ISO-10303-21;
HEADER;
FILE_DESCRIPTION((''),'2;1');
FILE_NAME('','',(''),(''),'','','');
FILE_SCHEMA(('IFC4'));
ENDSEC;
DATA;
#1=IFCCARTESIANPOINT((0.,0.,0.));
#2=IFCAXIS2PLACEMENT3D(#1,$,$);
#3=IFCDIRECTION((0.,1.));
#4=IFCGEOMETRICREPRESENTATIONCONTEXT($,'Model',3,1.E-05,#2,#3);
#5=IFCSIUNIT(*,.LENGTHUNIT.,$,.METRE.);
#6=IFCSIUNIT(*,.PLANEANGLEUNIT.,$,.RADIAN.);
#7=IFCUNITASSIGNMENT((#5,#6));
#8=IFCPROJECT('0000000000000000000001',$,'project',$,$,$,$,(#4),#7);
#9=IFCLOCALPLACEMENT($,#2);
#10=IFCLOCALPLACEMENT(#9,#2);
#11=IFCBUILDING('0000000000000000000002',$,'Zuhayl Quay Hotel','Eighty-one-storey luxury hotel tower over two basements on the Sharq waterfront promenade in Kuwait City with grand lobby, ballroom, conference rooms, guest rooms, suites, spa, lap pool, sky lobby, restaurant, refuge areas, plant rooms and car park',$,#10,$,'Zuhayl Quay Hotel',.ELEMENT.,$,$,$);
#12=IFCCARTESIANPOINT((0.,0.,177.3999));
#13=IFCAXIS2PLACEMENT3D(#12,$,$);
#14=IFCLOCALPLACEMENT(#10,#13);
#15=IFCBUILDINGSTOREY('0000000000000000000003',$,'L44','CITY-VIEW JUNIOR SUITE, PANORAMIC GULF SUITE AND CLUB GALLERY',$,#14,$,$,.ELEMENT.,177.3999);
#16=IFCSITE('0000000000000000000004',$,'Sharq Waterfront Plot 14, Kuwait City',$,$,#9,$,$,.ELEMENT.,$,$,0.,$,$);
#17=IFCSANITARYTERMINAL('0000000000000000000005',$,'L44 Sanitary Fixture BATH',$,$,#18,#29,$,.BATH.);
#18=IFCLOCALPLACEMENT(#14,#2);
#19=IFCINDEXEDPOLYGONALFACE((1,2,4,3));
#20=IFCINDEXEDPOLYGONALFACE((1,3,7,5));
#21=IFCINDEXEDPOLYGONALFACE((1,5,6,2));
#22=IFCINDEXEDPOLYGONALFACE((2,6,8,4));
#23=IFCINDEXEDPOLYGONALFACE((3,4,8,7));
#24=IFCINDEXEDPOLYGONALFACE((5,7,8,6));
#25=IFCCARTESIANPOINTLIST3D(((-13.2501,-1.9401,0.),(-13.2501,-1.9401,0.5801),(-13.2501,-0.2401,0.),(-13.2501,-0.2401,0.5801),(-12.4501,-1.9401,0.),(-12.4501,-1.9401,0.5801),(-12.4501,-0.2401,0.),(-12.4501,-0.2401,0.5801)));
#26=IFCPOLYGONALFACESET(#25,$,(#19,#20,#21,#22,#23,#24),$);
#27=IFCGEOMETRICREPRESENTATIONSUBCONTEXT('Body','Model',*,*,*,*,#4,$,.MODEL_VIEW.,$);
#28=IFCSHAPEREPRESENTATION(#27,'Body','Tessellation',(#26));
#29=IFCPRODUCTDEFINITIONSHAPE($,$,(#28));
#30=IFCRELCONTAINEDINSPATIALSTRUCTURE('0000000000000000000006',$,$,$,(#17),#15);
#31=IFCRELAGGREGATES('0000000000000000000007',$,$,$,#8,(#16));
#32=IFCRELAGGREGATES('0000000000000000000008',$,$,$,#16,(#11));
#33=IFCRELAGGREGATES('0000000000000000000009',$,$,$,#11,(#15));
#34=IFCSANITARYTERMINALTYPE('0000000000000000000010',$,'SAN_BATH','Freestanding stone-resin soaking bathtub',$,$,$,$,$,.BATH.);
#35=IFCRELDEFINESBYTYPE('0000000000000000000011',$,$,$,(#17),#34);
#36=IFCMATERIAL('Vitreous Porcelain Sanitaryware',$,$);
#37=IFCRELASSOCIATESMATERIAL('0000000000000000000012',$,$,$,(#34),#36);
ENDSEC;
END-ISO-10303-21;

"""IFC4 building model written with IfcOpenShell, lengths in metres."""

from ifc_helpers import new_model, si_unit, direction, frame, origin, origin_2d, place, context, subcontext, project, spatial, rectangle, extrude, material, type_object, element, save


model = new_model("IFC4")

# Units and contexts
model_context = context("Model", 3, precision=1e-05, world=origin(), true_north=direction((0.0, 1.0)))
body_context = subcontext(model_context, "Body", "Model", "MODEL_VIEW")
ifc_project = project(units=[si_unit("LENGTHUNIT", "METRE"), si_unit("PLANEANGLEUNIT", "RADIAN")], contexts=[model_context])

# Site, building, storey
site_placement = place(None, origin())
site = spatial("IfcSite", under=ifc_project, at=site_placement, Name="Sharq Waterfront Plot 14, Kuwait City", CompositionType="ELEMENT", RefElevation=0.0)
building_placement = place(site_placement, origin())
building = spatial("IfcBuilding", under=site, at=building_placement, Name="Zuhayl Quay Hotel", Description="Eighty-one-storey luxury hotel tower over two basements on the Sharq waterfront promenade in Kuwait City with grand lobby, ballroom, conference rooms, guest rooms, suites, spa, lap pool, sky lobby, restaurant, refuge areas, plant rooms and car park", LongName="Zuhayl Quay Hotel", CompositionType="ELEMENT")
storey_placement = place(building_placement, frame((0.0, 0.0, 177.3999)))
storey = spatial("IfcBuildingStorey", under=building, at=storey_placement, Name="L44", Description="CITY-VIEW JUNIOR SUITE, PANORAMIC GULF SUITE AND CLUB GALLERY", CompositionType="ELEMENT", Elevation=177.3999)

# Sanitary terminal
ifc_material_1 = material(Name="Vitreous Porcelain Sanitaryware")
sanitary_terminal_type_1 = type_object("IfcSanitaryTerminalType", Name="SAN_BATH", Description="Freestanding stone-resin soaking bathtub", PredefinedType="BATH", material=ifc_material_1)
for number, where, z_axis, x_axis, name in (
    (1, (-12.8501, -1.0901, 0.0), (0.0, 0.0, 1.0), (1.0, 0.0, 0.0), "L44 Sanitary Fixture BATH"),
):
    element("IfcSanitaryTerminal", number, at=place(storey_placement, frame(where, z_axis=z_axis, x_axis=x_axis)), inside=storey, type_object=sanitary_terminal_type_1, Name=name, PredefinedType="BATH", context=body_context, shape_type="SweptSolid", body=[
        extrude(rectangle(XDim=0.8, YDim=1.7, at=origin_2d()), origin(), (0.0, 0.0, 1.0), 0.5801),
    ])

save(model, "model.ifc")
